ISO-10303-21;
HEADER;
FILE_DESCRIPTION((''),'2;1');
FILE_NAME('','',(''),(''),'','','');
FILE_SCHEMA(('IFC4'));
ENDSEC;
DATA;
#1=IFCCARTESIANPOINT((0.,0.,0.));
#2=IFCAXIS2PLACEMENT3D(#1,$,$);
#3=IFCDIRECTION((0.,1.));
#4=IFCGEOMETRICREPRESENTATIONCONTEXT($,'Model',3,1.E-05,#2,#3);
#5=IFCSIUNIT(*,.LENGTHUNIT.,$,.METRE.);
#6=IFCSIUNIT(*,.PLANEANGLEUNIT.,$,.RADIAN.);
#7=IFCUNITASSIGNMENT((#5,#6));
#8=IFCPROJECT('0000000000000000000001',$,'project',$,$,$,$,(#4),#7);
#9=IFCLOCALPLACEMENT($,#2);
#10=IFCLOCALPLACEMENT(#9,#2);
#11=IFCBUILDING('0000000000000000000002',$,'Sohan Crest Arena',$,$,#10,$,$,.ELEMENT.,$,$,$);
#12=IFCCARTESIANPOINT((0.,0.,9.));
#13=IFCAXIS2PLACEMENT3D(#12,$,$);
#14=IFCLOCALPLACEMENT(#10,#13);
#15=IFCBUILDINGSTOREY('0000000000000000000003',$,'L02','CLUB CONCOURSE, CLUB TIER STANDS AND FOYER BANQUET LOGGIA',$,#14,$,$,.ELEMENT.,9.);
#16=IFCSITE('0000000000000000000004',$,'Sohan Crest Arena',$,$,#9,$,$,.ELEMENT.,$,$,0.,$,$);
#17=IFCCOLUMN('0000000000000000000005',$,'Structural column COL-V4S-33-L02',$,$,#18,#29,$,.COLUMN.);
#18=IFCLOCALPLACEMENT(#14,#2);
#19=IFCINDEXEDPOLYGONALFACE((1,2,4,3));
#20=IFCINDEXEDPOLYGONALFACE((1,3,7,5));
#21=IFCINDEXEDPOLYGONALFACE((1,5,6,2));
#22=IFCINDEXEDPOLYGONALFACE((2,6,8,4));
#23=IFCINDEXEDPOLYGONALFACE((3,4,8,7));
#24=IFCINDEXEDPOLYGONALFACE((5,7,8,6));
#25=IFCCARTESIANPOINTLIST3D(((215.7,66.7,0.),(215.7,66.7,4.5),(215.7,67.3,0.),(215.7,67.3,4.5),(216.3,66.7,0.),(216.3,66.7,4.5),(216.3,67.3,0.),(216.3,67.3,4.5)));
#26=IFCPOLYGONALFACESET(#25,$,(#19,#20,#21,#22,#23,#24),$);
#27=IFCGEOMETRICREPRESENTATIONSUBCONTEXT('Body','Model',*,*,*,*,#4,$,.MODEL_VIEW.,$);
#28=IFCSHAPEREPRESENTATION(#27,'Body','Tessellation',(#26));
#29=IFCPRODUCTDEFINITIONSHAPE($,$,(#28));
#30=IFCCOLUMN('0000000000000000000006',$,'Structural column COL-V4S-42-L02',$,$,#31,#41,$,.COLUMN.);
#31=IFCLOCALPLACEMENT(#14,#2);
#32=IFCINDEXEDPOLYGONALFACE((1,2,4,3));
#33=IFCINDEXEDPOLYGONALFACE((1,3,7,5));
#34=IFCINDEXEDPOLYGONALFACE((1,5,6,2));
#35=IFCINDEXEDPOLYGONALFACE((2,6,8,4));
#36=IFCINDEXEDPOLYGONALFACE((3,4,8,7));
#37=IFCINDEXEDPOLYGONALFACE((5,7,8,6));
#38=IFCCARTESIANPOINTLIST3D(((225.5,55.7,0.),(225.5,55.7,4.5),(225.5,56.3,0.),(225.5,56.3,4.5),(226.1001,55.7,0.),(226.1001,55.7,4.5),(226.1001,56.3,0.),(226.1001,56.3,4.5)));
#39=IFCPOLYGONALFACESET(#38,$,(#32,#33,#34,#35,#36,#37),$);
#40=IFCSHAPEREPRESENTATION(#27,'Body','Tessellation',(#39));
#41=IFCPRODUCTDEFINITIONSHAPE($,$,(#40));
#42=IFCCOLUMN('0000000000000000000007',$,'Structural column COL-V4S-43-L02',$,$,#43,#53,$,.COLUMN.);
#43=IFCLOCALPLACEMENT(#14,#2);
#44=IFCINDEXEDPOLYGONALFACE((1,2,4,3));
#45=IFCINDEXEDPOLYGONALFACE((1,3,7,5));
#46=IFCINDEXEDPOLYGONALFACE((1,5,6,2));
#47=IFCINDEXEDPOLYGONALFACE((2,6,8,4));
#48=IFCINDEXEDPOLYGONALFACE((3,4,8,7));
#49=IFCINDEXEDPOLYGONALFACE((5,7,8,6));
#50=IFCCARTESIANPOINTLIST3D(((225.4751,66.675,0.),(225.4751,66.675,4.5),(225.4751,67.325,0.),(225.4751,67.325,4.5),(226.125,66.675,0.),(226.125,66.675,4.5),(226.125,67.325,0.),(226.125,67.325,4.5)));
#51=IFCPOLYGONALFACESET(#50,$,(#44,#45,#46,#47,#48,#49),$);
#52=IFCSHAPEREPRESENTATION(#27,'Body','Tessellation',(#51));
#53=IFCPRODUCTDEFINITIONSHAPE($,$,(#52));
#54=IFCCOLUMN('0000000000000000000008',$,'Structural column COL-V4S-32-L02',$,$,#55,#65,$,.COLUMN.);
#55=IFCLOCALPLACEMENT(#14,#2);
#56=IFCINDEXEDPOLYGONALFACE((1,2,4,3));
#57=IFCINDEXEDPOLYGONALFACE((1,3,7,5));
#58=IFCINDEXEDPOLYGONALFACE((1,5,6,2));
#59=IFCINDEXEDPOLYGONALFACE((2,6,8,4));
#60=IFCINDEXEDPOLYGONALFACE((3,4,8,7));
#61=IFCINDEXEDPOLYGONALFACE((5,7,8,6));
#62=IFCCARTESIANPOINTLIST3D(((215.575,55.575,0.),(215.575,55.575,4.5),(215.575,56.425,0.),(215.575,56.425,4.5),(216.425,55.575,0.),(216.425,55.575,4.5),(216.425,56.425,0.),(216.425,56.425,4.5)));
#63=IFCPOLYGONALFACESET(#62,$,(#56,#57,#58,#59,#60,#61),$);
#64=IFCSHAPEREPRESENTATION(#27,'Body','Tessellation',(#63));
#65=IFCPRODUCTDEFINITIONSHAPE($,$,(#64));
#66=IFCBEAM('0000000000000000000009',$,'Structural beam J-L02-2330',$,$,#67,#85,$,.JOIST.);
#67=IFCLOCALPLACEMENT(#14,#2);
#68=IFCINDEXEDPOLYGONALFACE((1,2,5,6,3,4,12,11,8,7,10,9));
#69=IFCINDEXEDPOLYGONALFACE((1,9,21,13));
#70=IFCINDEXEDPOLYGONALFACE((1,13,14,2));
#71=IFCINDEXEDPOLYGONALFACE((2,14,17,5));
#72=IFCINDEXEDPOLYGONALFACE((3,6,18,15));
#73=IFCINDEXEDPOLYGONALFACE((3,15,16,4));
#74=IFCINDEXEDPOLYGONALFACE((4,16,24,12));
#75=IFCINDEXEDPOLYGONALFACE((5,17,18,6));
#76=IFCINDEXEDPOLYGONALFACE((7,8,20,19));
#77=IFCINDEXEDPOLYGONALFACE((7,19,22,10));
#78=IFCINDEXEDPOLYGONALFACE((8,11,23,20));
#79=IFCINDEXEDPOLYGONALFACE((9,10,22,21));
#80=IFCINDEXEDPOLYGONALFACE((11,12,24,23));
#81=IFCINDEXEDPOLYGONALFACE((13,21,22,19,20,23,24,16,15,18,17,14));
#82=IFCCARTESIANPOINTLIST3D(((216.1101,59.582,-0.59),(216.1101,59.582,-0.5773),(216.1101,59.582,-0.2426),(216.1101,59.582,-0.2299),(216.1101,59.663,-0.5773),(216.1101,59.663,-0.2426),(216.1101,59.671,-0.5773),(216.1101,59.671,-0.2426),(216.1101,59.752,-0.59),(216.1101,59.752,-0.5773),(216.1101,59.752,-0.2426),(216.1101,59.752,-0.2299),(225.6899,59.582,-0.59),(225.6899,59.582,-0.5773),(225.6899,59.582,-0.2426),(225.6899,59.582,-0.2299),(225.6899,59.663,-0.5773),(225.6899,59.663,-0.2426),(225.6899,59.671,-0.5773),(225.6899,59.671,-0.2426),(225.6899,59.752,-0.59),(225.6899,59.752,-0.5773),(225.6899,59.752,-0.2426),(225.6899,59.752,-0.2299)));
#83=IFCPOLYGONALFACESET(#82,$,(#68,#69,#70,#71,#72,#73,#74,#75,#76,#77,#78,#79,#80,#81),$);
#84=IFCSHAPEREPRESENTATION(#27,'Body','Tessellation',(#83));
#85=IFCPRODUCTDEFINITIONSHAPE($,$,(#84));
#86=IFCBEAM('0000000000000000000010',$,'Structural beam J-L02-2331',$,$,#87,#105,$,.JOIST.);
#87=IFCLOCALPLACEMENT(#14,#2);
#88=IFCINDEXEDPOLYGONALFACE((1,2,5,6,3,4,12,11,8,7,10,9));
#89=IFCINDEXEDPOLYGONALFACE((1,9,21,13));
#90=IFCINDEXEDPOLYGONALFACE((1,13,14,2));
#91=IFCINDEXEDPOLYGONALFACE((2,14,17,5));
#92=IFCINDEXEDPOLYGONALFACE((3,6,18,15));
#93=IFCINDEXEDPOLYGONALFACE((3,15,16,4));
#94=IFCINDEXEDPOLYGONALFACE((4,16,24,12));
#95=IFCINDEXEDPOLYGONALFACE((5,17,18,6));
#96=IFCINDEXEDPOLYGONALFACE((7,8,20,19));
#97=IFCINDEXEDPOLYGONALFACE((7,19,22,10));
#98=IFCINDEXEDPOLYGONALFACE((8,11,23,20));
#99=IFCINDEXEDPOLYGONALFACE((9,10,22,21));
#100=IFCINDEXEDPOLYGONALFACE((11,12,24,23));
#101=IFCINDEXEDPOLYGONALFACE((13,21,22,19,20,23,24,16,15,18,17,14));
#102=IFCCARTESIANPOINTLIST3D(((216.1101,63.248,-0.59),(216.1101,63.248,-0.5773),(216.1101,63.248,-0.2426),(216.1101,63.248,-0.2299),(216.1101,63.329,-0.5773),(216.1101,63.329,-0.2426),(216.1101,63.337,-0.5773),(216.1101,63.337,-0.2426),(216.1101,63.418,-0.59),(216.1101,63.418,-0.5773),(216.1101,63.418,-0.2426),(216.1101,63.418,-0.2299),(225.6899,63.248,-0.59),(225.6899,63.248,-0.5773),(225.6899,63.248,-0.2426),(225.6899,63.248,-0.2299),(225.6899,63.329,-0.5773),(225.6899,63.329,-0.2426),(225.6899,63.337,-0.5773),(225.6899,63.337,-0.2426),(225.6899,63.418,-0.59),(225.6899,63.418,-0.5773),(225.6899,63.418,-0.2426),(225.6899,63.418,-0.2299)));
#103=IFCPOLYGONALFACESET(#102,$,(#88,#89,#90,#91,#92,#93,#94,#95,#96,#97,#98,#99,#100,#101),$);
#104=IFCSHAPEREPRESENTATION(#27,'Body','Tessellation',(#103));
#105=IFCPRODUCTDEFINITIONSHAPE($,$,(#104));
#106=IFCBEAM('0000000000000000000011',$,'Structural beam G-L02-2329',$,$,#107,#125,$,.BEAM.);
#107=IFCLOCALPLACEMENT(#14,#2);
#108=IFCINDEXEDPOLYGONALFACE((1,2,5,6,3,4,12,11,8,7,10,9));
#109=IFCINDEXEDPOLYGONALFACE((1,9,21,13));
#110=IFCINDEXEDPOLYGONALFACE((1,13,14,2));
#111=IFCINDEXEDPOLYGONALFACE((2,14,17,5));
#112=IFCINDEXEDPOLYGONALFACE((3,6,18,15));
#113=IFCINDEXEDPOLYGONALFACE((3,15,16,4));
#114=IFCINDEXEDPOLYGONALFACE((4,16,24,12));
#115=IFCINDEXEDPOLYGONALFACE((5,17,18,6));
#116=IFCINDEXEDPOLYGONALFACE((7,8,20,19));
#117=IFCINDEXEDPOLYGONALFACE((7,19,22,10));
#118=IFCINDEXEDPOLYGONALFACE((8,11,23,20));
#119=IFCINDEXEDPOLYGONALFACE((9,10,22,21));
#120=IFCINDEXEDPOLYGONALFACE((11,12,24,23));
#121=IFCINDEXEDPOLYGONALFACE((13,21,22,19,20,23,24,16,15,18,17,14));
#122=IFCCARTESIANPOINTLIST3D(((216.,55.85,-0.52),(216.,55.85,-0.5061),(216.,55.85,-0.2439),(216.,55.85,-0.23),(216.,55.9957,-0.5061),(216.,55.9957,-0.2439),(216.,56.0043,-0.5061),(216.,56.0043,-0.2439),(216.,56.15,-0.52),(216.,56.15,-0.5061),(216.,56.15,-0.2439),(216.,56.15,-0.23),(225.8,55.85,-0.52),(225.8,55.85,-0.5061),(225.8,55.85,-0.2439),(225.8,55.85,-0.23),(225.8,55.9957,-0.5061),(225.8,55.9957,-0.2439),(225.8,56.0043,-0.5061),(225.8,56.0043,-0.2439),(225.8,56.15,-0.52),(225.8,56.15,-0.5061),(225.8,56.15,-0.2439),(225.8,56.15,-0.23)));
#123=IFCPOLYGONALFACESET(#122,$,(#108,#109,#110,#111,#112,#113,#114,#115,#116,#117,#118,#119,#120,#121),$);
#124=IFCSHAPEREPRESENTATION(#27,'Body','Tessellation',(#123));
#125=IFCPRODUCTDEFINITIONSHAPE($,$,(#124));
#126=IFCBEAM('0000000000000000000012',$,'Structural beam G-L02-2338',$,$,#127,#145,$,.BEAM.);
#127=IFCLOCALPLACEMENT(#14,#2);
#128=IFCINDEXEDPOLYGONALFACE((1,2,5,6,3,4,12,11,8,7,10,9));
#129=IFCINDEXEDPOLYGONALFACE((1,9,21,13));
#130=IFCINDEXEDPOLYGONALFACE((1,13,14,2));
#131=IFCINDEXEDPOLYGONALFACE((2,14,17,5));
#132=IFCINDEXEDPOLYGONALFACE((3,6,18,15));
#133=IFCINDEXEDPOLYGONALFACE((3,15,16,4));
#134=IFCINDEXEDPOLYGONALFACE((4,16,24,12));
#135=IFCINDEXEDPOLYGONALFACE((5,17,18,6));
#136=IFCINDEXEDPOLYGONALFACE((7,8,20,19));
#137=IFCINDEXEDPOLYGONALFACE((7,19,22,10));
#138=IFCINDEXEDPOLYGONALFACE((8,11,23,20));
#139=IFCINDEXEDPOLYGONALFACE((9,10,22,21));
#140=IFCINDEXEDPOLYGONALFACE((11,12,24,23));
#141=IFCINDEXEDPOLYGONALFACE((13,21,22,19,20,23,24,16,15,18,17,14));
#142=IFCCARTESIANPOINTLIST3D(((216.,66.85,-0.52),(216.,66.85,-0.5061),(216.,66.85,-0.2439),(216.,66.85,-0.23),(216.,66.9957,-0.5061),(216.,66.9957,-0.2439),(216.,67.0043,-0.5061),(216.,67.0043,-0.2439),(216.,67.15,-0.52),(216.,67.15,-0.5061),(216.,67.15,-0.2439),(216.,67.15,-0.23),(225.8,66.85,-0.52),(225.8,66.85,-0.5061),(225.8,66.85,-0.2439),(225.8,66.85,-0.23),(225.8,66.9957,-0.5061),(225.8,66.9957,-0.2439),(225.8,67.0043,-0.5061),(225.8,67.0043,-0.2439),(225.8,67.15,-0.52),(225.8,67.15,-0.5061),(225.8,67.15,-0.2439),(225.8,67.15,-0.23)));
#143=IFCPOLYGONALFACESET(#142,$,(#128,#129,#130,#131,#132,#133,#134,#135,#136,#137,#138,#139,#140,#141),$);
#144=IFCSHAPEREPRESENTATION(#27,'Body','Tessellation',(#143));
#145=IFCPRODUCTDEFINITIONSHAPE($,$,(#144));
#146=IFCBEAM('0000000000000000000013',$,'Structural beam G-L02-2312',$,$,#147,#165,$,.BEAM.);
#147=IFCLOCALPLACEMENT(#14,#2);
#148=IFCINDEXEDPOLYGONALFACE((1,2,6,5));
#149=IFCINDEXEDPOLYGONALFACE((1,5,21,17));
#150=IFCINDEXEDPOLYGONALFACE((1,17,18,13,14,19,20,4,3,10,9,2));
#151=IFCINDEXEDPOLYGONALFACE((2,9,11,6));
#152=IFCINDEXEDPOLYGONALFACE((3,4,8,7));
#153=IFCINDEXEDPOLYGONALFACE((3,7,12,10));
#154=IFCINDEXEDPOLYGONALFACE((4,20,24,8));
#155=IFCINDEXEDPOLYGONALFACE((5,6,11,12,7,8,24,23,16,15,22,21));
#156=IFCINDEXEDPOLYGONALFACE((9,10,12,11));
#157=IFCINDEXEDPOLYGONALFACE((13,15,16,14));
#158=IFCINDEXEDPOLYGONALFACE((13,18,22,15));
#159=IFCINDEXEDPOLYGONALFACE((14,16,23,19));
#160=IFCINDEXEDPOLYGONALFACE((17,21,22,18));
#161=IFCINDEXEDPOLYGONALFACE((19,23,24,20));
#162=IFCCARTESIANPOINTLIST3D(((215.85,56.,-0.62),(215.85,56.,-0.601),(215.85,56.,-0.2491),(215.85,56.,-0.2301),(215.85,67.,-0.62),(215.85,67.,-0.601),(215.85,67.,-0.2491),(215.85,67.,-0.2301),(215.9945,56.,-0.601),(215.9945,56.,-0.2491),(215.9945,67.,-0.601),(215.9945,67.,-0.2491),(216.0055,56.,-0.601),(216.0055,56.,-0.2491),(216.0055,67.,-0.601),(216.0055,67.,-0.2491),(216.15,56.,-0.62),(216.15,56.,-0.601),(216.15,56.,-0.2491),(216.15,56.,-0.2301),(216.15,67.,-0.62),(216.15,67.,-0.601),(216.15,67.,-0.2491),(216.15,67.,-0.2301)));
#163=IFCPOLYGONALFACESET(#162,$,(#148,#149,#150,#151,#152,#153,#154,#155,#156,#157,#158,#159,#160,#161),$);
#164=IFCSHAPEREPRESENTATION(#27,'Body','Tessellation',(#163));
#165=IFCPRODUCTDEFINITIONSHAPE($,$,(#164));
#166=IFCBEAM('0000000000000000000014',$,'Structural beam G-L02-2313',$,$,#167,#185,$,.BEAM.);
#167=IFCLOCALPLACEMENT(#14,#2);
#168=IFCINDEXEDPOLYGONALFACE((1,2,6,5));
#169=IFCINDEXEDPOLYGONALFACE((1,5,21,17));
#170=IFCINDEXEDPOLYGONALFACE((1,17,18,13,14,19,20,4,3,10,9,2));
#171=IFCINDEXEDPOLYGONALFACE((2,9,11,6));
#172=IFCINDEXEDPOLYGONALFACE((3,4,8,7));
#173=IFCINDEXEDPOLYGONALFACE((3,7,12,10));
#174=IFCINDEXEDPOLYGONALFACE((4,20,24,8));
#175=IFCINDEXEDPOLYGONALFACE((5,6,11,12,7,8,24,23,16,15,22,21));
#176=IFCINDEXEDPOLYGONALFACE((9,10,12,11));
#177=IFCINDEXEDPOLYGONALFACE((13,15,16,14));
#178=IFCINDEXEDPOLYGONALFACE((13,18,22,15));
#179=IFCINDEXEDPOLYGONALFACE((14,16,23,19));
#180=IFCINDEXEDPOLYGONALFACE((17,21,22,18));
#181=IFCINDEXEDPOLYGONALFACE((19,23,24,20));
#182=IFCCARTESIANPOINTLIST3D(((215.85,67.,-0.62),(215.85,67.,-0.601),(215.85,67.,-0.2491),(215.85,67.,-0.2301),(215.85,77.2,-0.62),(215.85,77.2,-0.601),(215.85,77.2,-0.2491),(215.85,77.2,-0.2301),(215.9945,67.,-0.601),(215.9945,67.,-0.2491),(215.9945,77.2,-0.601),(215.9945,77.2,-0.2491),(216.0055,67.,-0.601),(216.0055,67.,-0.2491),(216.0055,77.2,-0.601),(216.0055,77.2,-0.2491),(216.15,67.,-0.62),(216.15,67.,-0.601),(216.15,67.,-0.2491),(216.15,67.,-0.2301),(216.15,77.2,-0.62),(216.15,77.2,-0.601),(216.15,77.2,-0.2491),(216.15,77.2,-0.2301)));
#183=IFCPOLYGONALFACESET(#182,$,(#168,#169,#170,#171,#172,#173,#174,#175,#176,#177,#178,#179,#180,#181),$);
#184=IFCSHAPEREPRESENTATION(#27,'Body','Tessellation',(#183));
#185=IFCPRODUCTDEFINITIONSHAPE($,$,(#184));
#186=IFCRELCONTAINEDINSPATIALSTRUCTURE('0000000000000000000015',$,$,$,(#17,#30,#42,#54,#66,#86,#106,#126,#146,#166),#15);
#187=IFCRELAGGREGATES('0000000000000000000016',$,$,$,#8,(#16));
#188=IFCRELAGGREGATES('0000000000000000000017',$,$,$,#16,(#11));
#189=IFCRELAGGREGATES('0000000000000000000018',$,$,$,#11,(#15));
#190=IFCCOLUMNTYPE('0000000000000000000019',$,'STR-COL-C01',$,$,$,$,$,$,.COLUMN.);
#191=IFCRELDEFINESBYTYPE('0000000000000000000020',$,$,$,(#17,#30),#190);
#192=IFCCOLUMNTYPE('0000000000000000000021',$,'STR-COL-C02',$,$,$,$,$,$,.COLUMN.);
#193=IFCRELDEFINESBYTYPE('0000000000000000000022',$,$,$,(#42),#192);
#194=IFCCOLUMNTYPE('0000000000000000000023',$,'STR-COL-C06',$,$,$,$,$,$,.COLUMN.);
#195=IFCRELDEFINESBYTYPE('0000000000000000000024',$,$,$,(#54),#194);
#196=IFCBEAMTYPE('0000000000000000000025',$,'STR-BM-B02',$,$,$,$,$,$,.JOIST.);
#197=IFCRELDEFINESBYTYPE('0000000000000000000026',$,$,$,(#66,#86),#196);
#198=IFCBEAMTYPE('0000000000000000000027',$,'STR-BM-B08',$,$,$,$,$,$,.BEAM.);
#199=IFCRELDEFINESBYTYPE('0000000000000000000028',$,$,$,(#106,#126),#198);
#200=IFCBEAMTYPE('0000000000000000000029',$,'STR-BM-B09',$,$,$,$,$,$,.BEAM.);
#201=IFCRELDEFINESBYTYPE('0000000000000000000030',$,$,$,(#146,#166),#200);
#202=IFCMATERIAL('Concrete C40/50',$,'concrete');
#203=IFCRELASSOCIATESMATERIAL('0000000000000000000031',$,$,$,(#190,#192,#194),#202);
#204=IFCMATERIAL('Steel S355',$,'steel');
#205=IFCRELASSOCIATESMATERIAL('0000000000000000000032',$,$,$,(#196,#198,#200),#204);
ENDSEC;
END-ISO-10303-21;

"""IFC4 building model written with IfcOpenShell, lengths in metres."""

from ifc_helpers import new_model, si_unit, direction, frame, origin, origin_2d, place, context, subcontext, project, spatial, rectangle, i_section, extrude, material, material_profile, profile_set, type_object, element, save


model = new_model("IFC4")

# Units and contexts
model_context = context("Model", 3, precision=1e-05, world=origin(), true_north=direction((0.0, 1.0)))
body_context = subcontext(model_context, "Body", "Model", "MODEL_VIEW")
ifc_project = project(units=[si_unit("LENGTHUNIT", "METRE"), si_unit("PLANEANGLEUNIT", "RADIAN")], contexts=[model_context])

# Site, building, storey
site_placement = place(None, origin())
site = spatial("IfcSite", under=ifc_project, at=site_placement, Name="Sohan Crest Arena", CompositionType="ELEMENT", RefElevation=0.0)
building_placement = place(site_placement, origin())
building = spatial("IfcBuilding", under=site, at=building_placement, Name="Sohan Crest Arena", CompositionType="ELEMENT")
storey_placement = place(building_placement, frame((0.0, 0.0, 9.0)))
storey = spatial("IfcBuildingStorey", under=building, at=storey_placement, Name="L02", Description="CLUB CONCOURSE, CLUB TIER STANDS AND FOYER BANQUET LOGGIA", CompositionType="ELEMENT", Elevation=9.0)

# Columns
ifc_material_1 = material(Name="Concrete C40/50", Category="concrete")
ifc_material_profile_1 = material_profile(ifc_material_1, rectangle(XDim=0.6001, YDim=0.6001, at=origin_2d()), Name="RC 600x600")
ifc_profile_set_1 = profile_set([ifc_material_profile_1], Name="Concrete C40/50")
column_type_1 = type_object("IfcColumnType", Name="STR-COL-C01", PredefinedType="COLUMN", material=ifc_profile_set_1)
for number, where, z_axis, x_axis, name in (
    (1, (216.0, 67.0, 0.0), (0.0, 0.0, 1.0), (1.0, 0.0, 0.0), "Structural column COL-V4S-33-L02"),
    (2, (225.8, 56.0, 0.0), (0.0, 0.0, 1.0), (1.0, 0.0, 0.0), "Structural column COL-V4S-42-L02"),
):
    element("IfcColumn", number, at=place(storey_placement, frame(where, z_axis=z_axis, x_axis=x_axis)), inside=storey, type_object=column_type_1, Name=name, PredefinedType="COLUMN", context=body_context, shape_type="SweptSolid", body=[
        extrude(rectangle(XDim=0.6001, YDim=0.6001, at=origin_2d()), origin(), (0.0, 0.0, 1.0), 4.5),
    ])
ifc_material_profile_2 = material_profile(ifc_material_1, rectangle(XDim=0.6499, YDim=0.6499, at=origin_2d()), Name="RC 650x650")
ifc_profile_set_2 = profile_set([ifc_material_profile_2], Name="Concrete C40/50")
column_type_2 = type_object("IfcColumnType", Name="STR-COL-C02", PredefinedType="COLUMN", material=ifc_profile_set_2)
column_1_placement = place(storey_placement, frame((225.8, 67.0, 0.0), z_axis=(0.0, 0.0, 1.0), x_axis=(1.0, 0.0, 0.0)))
element("IfcColumn", 3, at=column_1_placement, inside=storey, type_object=column_type_2, Name="Structural column COL-V4S-43-L02", PredefinedType="COLUMN", context=body_context, shape_type="SweptSolid", body=[
    extrude(rectangle(XDim=0.6499, YDim=0.6499, at=origin_2d()), origin(), (0.0, 0.0, 1.0), 4.5),
])
ifc_material_profile_3 = material_profile(ifc_material_1, rectangle(XDim=0.8501, YDim=0.8501, at=origin_2d()), Name="RC 850x850")
ifc_profile_set_3 = profile_set([ifc_material_profile_3], Name="Concrete C40/50")
column_type_3 = type_object("IfcColumnType", Name="STR-COL-C06", PredefinedType="COLUMN", material=ifc_profile_set_3)
column_2_placement = place(storey_placement, frame((216.0, 56.0, 0.0), z_axis=(0.0, 0.0, 1.0), x_axis=(1.0, 0.0, 0.0)))
element("IfcColumn", 4, at=column_2_placement, inside=storey, type_object=column_type_3, Name="Structural column COL-V4S-32-L02", PredefinedType="COLUMN", context=body_context, shape_type="SweptSolid", body=[
    extrude(rectangle(XDim=0.8501, YDim=0.8501, at=origin_2d()), origin(), (0.0, 0.0, 1.0), 4.5),
])

# Beams
ifc_material_2 = material(Name="Steel S355", Category="steel")
ifc_material_profile_4 = material_profile(ifc_material_2, i_section(OverallWidth=0.1699, OverallDepth=0.3601, WebThickness=0.0081, FlangeThickness=0.0127, at=origin_2d()), Name="IPE 360")
ifc_profile_set_4 = profile_set([ifc_material_profile_4], Name="Steel S355")
beam_type_1 = type_object("IfcBeamType", Name="STR-BM-B02", PredefinedType="JOIST", material=ifc_profile_set_4)
for number, where, z_axis, x_axis, name in (
    (5, (216.1101, 59.667, -0.4099), (1.0, 0.0, 0.0), (0.0, 1.0, 0.0), "Structural beam J-L02-2330"),
    (6, (216.1101, 63.333, -0.4099), (1.0, 0.0, 0.0), (0.0, 1.0, 0.0), "Structural beam J-L02-2331"),
):
    element("IfcBeam", number, at=place(storey_placement, frame(where, z_axis=z_axis, x_axis=x_axis)), inside=storey, type_object=beam_type_1, Name=name, PredefinedType="JOIST", context=body_context, shape_type="SweptSolid", body=[
        extrude(i_section(OverallWidth=0.1699, OverallDepth=0.3601, WebThickness=0.0081, FlangeThickness=0.0127, at=origin_2d()), origin(), (0.0, 0.0, 1.0), 9.5798),
    ])
ifc_material_profile_5 = material_profile(ifc_material_2, i_section(OverallWidth=0.3, OverallDepth=0.29, WebThickness=0.0085, FlangeThickness=0.0139, at=origin_2d()), Name="HEA 300")
ifc_profile_set_5 = profile_set([ifc_material_profile_5], Name="Steel S355")
beam_type_2 = type_object("IfcBeamType", Name="STR-BM-B08", PredefinedType="BEAM", material=ifc_profile_set_5)
for number, where, z_axis, x_axis, name in (
    (7, (216.0, 56.0, -0.375), (1.0, 0.0, 0.0), (0.0, 1.0, 0.0), "Structural beam G-L02-2329"),
    (8, (216.0, 67.0, -0.375), (1.0, 0.0, 0.0), (0.0, 1.0, 0.0), "Structural beam G-L02-2338"),
):
    element("IfcBeam", number, at=place(storey_placement, frame(where, z_axis=z_axis, x_axis=x_axis)), inside=storey, type_object=beam_type_2, Name=name, PredefinedType="BEAM", context=body_context, shape_type="SweptSolid", body=[
        extrude(i_section(OverallWidth=0.3, OverallDepth=0.29, WebThickness=0.0085, FlangeThickness=0.0139, at=origin_2d()), origin(), (0.0, 0.0, 1.0), 9.8),
    ])
ifc_material_profile_6 = material_profile(ifc_material_2, i_section(OverallWidth=0.3, OverallDepth=0.3899, WebThickness=0.011, FlangeThickness=0.019, at=origin_2d()), Name="HEA 400")
ifc_profile_set_6 = profile_set([ifc_material_profile_6], Name="Steel S355")
beam_type_3 = type_object("IfcBeamType", Name="STR-BM-B09", PredefinedType="BEAM", material=ifc_profile_set_6)
beam_1_placement = place(storey_placement, frame((216.0, 56.0, -0.425), z_axis=(0.0, 1.0, 0.0), x_axis=(-1.0, 0.0, 0.0)))
element("IfcBeam", 9, at=beam_1_placement, inside=storey, type_object=beam_type_3, Name="Structural beam G-L02-2312", PredefinedType="BEAM", context=body_context, shape_type="SweptSolid", body=[
    extrude(i_section(OverallWidth=0.3, OverallDepth=0.3899, WebThickness=0.011, FlangeThickness=0.019, at=origin_2d()), origin(), (0.0, 0.0, 1.0), 11.0),
])
beam_2_placement = place(storey_placement, frame((216.0, 67.0, -0.425), z_axis=(0.0, 1.0, 0.0), x_axis=(-1.0, 0.0, 0.0)))
element("IfcBeam", 10, at=beam_2_placement, inside=storey, type_object=beam_type_3, Name="Structural beam G-L02-2313", PredefinedType="BEAM", context=body_context, shape_type="SweptSolid", body=[
    extrude(i_section(OverallWidth=0.3, OverallDepth=0.3899, WebThickness=0.011, FlangeThickness=0.019, at=origin_2d()), origin(), (0.0, 0.0, 1.0), 10.2),
])

save(model, "model.ifc")
